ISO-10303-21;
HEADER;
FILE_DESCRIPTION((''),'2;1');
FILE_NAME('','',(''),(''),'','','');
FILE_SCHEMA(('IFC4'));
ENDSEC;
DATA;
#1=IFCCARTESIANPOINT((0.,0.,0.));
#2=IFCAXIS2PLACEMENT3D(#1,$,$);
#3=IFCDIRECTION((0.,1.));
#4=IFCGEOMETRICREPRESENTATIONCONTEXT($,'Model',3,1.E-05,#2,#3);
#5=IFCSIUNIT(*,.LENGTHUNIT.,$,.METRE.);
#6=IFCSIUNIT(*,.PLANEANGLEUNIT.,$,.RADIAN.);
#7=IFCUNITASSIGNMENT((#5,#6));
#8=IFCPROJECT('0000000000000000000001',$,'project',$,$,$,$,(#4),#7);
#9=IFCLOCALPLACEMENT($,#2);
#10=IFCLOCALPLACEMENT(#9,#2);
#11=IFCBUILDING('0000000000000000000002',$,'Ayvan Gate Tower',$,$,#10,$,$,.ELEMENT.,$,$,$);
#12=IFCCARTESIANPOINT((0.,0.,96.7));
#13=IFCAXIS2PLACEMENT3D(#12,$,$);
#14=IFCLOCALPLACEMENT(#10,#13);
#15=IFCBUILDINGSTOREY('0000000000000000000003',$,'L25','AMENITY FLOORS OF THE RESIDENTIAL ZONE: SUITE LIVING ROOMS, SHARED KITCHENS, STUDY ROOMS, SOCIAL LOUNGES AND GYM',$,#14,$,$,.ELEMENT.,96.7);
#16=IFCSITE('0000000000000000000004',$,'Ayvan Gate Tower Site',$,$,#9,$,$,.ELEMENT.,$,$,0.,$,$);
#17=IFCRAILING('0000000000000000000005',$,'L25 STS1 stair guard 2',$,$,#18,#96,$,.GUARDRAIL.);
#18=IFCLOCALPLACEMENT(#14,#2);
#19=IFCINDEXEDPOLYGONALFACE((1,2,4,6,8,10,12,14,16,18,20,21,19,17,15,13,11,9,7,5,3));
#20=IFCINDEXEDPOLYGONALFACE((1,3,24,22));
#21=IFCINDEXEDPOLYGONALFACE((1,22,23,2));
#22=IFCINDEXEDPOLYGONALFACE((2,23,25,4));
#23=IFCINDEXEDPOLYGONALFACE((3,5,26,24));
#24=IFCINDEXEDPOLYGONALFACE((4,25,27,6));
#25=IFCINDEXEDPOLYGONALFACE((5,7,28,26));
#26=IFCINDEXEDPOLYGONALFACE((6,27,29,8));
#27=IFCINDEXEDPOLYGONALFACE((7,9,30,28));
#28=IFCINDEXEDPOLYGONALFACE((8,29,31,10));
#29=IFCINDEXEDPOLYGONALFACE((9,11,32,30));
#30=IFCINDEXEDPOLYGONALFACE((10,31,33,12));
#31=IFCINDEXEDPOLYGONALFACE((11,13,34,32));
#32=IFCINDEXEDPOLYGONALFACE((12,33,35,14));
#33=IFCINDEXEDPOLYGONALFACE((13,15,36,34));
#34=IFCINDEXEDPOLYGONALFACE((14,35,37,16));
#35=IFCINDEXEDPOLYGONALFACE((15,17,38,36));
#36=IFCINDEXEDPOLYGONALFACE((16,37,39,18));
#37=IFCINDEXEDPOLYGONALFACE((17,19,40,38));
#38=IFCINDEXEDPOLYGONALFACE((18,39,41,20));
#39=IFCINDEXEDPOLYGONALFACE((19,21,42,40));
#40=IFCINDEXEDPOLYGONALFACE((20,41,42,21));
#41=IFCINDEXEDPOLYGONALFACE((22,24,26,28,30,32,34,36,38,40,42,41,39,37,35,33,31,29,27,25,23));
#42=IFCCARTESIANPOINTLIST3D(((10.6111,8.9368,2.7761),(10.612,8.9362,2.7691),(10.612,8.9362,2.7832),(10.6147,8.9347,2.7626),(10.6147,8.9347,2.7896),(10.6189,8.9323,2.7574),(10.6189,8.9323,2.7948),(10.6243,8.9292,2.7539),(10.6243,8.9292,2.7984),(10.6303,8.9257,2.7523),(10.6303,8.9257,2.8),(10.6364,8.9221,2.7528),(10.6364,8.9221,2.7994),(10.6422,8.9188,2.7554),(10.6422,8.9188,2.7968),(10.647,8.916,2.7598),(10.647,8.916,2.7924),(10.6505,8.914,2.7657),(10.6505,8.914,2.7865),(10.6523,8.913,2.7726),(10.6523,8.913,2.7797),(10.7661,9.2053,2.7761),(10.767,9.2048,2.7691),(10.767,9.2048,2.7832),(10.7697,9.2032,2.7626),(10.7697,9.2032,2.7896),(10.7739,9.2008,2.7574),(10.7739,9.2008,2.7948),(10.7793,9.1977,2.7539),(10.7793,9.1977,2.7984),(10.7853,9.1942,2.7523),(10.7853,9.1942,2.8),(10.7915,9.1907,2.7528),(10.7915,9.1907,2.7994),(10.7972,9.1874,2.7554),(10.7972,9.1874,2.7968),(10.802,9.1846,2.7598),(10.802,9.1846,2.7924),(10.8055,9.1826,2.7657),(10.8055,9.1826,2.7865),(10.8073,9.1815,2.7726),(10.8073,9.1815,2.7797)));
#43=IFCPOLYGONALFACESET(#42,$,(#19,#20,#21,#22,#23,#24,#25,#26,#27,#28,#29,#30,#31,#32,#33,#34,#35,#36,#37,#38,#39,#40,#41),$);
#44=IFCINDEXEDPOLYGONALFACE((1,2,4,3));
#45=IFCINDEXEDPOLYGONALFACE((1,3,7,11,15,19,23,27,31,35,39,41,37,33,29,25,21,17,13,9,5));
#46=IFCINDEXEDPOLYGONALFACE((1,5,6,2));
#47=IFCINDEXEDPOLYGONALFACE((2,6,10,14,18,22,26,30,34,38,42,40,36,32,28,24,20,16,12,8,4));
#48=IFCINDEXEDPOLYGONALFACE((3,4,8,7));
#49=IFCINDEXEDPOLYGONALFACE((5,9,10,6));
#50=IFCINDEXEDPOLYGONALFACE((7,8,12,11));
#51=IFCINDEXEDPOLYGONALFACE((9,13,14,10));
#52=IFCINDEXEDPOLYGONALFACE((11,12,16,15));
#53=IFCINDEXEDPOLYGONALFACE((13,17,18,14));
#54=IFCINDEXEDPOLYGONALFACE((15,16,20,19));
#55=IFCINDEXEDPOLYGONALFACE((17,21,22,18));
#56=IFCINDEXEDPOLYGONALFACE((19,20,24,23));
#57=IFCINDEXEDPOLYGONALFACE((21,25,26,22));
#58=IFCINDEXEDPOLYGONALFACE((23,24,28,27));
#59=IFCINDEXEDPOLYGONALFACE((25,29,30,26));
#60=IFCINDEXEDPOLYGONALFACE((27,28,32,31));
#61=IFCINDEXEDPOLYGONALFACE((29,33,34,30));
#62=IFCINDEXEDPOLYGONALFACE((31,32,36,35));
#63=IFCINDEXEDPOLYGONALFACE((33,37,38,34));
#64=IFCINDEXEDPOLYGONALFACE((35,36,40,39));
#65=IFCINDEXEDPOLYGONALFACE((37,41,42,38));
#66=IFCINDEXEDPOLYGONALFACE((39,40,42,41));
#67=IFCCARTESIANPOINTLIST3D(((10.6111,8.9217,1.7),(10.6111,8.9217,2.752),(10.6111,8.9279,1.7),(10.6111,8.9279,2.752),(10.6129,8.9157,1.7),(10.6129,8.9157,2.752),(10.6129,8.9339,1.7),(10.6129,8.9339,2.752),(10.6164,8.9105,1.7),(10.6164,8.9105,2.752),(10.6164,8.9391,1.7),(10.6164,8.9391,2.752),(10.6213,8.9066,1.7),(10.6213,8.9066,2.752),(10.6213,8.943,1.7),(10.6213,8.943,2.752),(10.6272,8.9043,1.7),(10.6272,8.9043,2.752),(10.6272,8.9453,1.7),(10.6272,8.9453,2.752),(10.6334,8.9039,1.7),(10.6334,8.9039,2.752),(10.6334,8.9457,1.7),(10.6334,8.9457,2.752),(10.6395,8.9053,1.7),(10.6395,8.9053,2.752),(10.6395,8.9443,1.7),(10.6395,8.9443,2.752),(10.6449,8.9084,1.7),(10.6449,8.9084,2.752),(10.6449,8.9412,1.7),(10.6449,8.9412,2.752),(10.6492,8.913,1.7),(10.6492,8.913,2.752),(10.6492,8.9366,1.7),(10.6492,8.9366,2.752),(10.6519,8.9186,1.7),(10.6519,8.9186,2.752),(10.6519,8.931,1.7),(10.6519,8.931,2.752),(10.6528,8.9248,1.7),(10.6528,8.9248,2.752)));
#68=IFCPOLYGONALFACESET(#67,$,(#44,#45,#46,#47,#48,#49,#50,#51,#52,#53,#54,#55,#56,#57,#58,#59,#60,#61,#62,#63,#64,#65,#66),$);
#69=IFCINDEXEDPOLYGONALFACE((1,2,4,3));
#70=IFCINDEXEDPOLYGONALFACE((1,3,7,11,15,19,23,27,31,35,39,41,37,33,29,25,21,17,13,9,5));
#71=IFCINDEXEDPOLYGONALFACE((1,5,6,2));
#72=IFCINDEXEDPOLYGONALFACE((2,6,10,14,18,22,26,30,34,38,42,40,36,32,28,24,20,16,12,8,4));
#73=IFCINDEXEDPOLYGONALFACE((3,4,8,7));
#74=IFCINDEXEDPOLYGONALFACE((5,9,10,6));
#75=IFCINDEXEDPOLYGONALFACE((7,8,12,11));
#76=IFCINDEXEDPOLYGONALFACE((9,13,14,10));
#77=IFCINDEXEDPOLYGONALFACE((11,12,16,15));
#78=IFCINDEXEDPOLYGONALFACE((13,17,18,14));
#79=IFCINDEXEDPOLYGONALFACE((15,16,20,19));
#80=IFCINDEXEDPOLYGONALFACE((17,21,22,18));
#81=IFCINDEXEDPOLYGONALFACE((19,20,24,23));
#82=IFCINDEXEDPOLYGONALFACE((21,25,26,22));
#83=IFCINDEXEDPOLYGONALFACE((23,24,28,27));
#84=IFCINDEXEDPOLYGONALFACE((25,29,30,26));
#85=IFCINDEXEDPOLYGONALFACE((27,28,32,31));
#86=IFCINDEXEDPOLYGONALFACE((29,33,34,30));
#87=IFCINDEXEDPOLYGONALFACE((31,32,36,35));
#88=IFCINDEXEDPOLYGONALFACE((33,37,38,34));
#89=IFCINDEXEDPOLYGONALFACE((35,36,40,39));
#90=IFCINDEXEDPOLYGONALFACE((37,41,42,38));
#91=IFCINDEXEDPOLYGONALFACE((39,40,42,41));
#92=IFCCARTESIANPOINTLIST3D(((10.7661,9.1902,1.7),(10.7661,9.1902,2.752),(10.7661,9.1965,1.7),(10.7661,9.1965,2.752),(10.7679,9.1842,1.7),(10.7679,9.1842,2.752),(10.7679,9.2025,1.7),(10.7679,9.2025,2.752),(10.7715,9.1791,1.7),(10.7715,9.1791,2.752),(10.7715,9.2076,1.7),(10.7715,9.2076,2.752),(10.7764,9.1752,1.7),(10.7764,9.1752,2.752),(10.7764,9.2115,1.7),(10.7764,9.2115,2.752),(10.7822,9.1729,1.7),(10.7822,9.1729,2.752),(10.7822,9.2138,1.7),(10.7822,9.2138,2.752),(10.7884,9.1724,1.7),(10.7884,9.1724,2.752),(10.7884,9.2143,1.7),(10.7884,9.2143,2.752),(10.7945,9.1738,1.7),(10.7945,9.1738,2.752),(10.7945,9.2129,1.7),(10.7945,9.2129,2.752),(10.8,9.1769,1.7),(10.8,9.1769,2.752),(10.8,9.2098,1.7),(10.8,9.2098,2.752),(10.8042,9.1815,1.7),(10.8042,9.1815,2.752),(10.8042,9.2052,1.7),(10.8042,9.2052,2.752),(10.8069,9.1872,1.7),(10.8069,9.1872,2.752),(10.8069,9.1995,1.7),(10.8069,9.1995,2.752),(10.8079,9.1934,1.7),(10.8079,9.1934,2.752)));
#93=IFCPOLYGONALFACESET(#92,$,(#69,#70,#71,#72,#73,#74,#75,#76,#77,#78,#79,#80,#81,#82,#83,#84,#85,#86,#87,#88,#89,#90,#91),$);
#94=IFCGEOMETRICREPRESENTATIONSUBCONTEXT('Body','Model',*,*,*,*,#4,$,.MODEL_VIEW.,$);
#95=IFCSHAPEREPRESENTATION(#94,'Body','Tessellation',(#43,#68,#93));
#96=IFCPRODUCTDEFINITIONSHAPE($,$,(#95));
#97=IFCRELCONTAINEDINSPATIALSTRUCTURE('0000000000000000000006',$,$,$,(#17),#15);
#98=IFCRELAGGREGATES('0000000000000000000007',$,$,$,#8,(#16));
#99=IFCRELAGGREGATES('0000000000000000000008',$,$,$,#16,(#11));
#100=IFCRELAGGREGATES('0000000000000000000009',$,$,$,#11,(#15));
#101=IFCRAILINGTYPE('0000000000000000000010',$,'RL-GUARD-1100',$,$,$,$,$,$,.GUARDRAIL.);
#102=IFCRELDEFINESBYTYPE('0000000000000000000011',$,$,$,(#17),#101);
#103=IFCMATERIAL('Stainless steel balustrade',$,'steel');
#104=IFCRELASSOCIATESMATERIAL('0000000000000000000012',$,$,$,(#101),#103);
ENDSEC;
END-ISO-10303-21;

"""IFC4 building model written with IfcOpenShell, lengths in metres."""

from ifc_helpers import new_model, si_unit, direction, frame, origin, origin_2d, place, context, subcontext, project, spatial, circle, extrude, material, type_object, element, save


model = new_model("IFC4")

# Units and contexts
model_context = context("Model", 3, precision=1e-05, world=origin(), true_north=direction((0.0, 1.0)))
body_context = subcontext(model_context, "Body", "Model", "MODEL_VIEW")
ifc_project = project(units=[si_unit("LENGTHUNIT", "METRE"), si_unit("PLANEANGLEUNIT", "RADIAN")], contexts=[model_context])

# Site, building, storey
site_placement = place(None, origin())
site = spatial("IfcSite", under=ifc_project, at=site_placement, Name="Ayvan Gate Tower Site", CompositionType="ELEMENT", RefElevation=0.0)
building_placement = place(site_placement, origin())
building = spatial("IfcBuilding", under=site, at=building_placement, Name="Ayvan Gate Tower", CompositionType="ELEMENT")
storey_placement = place(building_placement, frame((0.0, 0.0, 96.7)))
storey = spatial("IfcBuildingStorey", under=building, at=storey_placement, Name="L25", Description="AMENITY FLOORS OF THE RESIDENTIAL ZONE: SUITE LIVING ROOMS, SHARED KITCHENS, STUDY ROOMS, SOCIAL LOUNGES AND GYM", CompositionType="ELEMENT", Elevation=96.7)

# Railing
ifc_material_1 = material(Name="Stainless steel balustrade", Category="steel")
railing_type_1 = type_object("IfcRailingType", Name="RL-GUARD-1100", PredefinedType="GUARDRAIL", material=ifc_material_1)
railing_1_placement = place(storey_placement, frame((10.6318, 8.9248, 1.7)))
element("IfcRailing", 1, at=railing_1_placement, inside=storey, type_object=railing_type_1, Name="L25 STS1 stair guard 2", PredefinedType="GUARDRAIL", context=body_context, shape_type="SweptSolid", body=[
    extrude(circle(Radius=0.0239, at=origin_2d()), frame((0.0, 0.0, 1.0762), z_axis=(0.49995, 0.866054, 0.0), x_axis=(-0.866054, 0.49995, 0.0)), (0.0, 0.0, 1.0), 0.3101),
    extrude(circle(Radius=0.021, at=origin_2d()), origin(), (0.0, 0.0, 1.0), 1.052),
    extrude(circle(Radius=0.021, at=origin_2d()), frame((0.155, 0.2686, 0.0)), (0.0, 0.0, 1.0), 1.052),
])

save(model, "model.ifc")
